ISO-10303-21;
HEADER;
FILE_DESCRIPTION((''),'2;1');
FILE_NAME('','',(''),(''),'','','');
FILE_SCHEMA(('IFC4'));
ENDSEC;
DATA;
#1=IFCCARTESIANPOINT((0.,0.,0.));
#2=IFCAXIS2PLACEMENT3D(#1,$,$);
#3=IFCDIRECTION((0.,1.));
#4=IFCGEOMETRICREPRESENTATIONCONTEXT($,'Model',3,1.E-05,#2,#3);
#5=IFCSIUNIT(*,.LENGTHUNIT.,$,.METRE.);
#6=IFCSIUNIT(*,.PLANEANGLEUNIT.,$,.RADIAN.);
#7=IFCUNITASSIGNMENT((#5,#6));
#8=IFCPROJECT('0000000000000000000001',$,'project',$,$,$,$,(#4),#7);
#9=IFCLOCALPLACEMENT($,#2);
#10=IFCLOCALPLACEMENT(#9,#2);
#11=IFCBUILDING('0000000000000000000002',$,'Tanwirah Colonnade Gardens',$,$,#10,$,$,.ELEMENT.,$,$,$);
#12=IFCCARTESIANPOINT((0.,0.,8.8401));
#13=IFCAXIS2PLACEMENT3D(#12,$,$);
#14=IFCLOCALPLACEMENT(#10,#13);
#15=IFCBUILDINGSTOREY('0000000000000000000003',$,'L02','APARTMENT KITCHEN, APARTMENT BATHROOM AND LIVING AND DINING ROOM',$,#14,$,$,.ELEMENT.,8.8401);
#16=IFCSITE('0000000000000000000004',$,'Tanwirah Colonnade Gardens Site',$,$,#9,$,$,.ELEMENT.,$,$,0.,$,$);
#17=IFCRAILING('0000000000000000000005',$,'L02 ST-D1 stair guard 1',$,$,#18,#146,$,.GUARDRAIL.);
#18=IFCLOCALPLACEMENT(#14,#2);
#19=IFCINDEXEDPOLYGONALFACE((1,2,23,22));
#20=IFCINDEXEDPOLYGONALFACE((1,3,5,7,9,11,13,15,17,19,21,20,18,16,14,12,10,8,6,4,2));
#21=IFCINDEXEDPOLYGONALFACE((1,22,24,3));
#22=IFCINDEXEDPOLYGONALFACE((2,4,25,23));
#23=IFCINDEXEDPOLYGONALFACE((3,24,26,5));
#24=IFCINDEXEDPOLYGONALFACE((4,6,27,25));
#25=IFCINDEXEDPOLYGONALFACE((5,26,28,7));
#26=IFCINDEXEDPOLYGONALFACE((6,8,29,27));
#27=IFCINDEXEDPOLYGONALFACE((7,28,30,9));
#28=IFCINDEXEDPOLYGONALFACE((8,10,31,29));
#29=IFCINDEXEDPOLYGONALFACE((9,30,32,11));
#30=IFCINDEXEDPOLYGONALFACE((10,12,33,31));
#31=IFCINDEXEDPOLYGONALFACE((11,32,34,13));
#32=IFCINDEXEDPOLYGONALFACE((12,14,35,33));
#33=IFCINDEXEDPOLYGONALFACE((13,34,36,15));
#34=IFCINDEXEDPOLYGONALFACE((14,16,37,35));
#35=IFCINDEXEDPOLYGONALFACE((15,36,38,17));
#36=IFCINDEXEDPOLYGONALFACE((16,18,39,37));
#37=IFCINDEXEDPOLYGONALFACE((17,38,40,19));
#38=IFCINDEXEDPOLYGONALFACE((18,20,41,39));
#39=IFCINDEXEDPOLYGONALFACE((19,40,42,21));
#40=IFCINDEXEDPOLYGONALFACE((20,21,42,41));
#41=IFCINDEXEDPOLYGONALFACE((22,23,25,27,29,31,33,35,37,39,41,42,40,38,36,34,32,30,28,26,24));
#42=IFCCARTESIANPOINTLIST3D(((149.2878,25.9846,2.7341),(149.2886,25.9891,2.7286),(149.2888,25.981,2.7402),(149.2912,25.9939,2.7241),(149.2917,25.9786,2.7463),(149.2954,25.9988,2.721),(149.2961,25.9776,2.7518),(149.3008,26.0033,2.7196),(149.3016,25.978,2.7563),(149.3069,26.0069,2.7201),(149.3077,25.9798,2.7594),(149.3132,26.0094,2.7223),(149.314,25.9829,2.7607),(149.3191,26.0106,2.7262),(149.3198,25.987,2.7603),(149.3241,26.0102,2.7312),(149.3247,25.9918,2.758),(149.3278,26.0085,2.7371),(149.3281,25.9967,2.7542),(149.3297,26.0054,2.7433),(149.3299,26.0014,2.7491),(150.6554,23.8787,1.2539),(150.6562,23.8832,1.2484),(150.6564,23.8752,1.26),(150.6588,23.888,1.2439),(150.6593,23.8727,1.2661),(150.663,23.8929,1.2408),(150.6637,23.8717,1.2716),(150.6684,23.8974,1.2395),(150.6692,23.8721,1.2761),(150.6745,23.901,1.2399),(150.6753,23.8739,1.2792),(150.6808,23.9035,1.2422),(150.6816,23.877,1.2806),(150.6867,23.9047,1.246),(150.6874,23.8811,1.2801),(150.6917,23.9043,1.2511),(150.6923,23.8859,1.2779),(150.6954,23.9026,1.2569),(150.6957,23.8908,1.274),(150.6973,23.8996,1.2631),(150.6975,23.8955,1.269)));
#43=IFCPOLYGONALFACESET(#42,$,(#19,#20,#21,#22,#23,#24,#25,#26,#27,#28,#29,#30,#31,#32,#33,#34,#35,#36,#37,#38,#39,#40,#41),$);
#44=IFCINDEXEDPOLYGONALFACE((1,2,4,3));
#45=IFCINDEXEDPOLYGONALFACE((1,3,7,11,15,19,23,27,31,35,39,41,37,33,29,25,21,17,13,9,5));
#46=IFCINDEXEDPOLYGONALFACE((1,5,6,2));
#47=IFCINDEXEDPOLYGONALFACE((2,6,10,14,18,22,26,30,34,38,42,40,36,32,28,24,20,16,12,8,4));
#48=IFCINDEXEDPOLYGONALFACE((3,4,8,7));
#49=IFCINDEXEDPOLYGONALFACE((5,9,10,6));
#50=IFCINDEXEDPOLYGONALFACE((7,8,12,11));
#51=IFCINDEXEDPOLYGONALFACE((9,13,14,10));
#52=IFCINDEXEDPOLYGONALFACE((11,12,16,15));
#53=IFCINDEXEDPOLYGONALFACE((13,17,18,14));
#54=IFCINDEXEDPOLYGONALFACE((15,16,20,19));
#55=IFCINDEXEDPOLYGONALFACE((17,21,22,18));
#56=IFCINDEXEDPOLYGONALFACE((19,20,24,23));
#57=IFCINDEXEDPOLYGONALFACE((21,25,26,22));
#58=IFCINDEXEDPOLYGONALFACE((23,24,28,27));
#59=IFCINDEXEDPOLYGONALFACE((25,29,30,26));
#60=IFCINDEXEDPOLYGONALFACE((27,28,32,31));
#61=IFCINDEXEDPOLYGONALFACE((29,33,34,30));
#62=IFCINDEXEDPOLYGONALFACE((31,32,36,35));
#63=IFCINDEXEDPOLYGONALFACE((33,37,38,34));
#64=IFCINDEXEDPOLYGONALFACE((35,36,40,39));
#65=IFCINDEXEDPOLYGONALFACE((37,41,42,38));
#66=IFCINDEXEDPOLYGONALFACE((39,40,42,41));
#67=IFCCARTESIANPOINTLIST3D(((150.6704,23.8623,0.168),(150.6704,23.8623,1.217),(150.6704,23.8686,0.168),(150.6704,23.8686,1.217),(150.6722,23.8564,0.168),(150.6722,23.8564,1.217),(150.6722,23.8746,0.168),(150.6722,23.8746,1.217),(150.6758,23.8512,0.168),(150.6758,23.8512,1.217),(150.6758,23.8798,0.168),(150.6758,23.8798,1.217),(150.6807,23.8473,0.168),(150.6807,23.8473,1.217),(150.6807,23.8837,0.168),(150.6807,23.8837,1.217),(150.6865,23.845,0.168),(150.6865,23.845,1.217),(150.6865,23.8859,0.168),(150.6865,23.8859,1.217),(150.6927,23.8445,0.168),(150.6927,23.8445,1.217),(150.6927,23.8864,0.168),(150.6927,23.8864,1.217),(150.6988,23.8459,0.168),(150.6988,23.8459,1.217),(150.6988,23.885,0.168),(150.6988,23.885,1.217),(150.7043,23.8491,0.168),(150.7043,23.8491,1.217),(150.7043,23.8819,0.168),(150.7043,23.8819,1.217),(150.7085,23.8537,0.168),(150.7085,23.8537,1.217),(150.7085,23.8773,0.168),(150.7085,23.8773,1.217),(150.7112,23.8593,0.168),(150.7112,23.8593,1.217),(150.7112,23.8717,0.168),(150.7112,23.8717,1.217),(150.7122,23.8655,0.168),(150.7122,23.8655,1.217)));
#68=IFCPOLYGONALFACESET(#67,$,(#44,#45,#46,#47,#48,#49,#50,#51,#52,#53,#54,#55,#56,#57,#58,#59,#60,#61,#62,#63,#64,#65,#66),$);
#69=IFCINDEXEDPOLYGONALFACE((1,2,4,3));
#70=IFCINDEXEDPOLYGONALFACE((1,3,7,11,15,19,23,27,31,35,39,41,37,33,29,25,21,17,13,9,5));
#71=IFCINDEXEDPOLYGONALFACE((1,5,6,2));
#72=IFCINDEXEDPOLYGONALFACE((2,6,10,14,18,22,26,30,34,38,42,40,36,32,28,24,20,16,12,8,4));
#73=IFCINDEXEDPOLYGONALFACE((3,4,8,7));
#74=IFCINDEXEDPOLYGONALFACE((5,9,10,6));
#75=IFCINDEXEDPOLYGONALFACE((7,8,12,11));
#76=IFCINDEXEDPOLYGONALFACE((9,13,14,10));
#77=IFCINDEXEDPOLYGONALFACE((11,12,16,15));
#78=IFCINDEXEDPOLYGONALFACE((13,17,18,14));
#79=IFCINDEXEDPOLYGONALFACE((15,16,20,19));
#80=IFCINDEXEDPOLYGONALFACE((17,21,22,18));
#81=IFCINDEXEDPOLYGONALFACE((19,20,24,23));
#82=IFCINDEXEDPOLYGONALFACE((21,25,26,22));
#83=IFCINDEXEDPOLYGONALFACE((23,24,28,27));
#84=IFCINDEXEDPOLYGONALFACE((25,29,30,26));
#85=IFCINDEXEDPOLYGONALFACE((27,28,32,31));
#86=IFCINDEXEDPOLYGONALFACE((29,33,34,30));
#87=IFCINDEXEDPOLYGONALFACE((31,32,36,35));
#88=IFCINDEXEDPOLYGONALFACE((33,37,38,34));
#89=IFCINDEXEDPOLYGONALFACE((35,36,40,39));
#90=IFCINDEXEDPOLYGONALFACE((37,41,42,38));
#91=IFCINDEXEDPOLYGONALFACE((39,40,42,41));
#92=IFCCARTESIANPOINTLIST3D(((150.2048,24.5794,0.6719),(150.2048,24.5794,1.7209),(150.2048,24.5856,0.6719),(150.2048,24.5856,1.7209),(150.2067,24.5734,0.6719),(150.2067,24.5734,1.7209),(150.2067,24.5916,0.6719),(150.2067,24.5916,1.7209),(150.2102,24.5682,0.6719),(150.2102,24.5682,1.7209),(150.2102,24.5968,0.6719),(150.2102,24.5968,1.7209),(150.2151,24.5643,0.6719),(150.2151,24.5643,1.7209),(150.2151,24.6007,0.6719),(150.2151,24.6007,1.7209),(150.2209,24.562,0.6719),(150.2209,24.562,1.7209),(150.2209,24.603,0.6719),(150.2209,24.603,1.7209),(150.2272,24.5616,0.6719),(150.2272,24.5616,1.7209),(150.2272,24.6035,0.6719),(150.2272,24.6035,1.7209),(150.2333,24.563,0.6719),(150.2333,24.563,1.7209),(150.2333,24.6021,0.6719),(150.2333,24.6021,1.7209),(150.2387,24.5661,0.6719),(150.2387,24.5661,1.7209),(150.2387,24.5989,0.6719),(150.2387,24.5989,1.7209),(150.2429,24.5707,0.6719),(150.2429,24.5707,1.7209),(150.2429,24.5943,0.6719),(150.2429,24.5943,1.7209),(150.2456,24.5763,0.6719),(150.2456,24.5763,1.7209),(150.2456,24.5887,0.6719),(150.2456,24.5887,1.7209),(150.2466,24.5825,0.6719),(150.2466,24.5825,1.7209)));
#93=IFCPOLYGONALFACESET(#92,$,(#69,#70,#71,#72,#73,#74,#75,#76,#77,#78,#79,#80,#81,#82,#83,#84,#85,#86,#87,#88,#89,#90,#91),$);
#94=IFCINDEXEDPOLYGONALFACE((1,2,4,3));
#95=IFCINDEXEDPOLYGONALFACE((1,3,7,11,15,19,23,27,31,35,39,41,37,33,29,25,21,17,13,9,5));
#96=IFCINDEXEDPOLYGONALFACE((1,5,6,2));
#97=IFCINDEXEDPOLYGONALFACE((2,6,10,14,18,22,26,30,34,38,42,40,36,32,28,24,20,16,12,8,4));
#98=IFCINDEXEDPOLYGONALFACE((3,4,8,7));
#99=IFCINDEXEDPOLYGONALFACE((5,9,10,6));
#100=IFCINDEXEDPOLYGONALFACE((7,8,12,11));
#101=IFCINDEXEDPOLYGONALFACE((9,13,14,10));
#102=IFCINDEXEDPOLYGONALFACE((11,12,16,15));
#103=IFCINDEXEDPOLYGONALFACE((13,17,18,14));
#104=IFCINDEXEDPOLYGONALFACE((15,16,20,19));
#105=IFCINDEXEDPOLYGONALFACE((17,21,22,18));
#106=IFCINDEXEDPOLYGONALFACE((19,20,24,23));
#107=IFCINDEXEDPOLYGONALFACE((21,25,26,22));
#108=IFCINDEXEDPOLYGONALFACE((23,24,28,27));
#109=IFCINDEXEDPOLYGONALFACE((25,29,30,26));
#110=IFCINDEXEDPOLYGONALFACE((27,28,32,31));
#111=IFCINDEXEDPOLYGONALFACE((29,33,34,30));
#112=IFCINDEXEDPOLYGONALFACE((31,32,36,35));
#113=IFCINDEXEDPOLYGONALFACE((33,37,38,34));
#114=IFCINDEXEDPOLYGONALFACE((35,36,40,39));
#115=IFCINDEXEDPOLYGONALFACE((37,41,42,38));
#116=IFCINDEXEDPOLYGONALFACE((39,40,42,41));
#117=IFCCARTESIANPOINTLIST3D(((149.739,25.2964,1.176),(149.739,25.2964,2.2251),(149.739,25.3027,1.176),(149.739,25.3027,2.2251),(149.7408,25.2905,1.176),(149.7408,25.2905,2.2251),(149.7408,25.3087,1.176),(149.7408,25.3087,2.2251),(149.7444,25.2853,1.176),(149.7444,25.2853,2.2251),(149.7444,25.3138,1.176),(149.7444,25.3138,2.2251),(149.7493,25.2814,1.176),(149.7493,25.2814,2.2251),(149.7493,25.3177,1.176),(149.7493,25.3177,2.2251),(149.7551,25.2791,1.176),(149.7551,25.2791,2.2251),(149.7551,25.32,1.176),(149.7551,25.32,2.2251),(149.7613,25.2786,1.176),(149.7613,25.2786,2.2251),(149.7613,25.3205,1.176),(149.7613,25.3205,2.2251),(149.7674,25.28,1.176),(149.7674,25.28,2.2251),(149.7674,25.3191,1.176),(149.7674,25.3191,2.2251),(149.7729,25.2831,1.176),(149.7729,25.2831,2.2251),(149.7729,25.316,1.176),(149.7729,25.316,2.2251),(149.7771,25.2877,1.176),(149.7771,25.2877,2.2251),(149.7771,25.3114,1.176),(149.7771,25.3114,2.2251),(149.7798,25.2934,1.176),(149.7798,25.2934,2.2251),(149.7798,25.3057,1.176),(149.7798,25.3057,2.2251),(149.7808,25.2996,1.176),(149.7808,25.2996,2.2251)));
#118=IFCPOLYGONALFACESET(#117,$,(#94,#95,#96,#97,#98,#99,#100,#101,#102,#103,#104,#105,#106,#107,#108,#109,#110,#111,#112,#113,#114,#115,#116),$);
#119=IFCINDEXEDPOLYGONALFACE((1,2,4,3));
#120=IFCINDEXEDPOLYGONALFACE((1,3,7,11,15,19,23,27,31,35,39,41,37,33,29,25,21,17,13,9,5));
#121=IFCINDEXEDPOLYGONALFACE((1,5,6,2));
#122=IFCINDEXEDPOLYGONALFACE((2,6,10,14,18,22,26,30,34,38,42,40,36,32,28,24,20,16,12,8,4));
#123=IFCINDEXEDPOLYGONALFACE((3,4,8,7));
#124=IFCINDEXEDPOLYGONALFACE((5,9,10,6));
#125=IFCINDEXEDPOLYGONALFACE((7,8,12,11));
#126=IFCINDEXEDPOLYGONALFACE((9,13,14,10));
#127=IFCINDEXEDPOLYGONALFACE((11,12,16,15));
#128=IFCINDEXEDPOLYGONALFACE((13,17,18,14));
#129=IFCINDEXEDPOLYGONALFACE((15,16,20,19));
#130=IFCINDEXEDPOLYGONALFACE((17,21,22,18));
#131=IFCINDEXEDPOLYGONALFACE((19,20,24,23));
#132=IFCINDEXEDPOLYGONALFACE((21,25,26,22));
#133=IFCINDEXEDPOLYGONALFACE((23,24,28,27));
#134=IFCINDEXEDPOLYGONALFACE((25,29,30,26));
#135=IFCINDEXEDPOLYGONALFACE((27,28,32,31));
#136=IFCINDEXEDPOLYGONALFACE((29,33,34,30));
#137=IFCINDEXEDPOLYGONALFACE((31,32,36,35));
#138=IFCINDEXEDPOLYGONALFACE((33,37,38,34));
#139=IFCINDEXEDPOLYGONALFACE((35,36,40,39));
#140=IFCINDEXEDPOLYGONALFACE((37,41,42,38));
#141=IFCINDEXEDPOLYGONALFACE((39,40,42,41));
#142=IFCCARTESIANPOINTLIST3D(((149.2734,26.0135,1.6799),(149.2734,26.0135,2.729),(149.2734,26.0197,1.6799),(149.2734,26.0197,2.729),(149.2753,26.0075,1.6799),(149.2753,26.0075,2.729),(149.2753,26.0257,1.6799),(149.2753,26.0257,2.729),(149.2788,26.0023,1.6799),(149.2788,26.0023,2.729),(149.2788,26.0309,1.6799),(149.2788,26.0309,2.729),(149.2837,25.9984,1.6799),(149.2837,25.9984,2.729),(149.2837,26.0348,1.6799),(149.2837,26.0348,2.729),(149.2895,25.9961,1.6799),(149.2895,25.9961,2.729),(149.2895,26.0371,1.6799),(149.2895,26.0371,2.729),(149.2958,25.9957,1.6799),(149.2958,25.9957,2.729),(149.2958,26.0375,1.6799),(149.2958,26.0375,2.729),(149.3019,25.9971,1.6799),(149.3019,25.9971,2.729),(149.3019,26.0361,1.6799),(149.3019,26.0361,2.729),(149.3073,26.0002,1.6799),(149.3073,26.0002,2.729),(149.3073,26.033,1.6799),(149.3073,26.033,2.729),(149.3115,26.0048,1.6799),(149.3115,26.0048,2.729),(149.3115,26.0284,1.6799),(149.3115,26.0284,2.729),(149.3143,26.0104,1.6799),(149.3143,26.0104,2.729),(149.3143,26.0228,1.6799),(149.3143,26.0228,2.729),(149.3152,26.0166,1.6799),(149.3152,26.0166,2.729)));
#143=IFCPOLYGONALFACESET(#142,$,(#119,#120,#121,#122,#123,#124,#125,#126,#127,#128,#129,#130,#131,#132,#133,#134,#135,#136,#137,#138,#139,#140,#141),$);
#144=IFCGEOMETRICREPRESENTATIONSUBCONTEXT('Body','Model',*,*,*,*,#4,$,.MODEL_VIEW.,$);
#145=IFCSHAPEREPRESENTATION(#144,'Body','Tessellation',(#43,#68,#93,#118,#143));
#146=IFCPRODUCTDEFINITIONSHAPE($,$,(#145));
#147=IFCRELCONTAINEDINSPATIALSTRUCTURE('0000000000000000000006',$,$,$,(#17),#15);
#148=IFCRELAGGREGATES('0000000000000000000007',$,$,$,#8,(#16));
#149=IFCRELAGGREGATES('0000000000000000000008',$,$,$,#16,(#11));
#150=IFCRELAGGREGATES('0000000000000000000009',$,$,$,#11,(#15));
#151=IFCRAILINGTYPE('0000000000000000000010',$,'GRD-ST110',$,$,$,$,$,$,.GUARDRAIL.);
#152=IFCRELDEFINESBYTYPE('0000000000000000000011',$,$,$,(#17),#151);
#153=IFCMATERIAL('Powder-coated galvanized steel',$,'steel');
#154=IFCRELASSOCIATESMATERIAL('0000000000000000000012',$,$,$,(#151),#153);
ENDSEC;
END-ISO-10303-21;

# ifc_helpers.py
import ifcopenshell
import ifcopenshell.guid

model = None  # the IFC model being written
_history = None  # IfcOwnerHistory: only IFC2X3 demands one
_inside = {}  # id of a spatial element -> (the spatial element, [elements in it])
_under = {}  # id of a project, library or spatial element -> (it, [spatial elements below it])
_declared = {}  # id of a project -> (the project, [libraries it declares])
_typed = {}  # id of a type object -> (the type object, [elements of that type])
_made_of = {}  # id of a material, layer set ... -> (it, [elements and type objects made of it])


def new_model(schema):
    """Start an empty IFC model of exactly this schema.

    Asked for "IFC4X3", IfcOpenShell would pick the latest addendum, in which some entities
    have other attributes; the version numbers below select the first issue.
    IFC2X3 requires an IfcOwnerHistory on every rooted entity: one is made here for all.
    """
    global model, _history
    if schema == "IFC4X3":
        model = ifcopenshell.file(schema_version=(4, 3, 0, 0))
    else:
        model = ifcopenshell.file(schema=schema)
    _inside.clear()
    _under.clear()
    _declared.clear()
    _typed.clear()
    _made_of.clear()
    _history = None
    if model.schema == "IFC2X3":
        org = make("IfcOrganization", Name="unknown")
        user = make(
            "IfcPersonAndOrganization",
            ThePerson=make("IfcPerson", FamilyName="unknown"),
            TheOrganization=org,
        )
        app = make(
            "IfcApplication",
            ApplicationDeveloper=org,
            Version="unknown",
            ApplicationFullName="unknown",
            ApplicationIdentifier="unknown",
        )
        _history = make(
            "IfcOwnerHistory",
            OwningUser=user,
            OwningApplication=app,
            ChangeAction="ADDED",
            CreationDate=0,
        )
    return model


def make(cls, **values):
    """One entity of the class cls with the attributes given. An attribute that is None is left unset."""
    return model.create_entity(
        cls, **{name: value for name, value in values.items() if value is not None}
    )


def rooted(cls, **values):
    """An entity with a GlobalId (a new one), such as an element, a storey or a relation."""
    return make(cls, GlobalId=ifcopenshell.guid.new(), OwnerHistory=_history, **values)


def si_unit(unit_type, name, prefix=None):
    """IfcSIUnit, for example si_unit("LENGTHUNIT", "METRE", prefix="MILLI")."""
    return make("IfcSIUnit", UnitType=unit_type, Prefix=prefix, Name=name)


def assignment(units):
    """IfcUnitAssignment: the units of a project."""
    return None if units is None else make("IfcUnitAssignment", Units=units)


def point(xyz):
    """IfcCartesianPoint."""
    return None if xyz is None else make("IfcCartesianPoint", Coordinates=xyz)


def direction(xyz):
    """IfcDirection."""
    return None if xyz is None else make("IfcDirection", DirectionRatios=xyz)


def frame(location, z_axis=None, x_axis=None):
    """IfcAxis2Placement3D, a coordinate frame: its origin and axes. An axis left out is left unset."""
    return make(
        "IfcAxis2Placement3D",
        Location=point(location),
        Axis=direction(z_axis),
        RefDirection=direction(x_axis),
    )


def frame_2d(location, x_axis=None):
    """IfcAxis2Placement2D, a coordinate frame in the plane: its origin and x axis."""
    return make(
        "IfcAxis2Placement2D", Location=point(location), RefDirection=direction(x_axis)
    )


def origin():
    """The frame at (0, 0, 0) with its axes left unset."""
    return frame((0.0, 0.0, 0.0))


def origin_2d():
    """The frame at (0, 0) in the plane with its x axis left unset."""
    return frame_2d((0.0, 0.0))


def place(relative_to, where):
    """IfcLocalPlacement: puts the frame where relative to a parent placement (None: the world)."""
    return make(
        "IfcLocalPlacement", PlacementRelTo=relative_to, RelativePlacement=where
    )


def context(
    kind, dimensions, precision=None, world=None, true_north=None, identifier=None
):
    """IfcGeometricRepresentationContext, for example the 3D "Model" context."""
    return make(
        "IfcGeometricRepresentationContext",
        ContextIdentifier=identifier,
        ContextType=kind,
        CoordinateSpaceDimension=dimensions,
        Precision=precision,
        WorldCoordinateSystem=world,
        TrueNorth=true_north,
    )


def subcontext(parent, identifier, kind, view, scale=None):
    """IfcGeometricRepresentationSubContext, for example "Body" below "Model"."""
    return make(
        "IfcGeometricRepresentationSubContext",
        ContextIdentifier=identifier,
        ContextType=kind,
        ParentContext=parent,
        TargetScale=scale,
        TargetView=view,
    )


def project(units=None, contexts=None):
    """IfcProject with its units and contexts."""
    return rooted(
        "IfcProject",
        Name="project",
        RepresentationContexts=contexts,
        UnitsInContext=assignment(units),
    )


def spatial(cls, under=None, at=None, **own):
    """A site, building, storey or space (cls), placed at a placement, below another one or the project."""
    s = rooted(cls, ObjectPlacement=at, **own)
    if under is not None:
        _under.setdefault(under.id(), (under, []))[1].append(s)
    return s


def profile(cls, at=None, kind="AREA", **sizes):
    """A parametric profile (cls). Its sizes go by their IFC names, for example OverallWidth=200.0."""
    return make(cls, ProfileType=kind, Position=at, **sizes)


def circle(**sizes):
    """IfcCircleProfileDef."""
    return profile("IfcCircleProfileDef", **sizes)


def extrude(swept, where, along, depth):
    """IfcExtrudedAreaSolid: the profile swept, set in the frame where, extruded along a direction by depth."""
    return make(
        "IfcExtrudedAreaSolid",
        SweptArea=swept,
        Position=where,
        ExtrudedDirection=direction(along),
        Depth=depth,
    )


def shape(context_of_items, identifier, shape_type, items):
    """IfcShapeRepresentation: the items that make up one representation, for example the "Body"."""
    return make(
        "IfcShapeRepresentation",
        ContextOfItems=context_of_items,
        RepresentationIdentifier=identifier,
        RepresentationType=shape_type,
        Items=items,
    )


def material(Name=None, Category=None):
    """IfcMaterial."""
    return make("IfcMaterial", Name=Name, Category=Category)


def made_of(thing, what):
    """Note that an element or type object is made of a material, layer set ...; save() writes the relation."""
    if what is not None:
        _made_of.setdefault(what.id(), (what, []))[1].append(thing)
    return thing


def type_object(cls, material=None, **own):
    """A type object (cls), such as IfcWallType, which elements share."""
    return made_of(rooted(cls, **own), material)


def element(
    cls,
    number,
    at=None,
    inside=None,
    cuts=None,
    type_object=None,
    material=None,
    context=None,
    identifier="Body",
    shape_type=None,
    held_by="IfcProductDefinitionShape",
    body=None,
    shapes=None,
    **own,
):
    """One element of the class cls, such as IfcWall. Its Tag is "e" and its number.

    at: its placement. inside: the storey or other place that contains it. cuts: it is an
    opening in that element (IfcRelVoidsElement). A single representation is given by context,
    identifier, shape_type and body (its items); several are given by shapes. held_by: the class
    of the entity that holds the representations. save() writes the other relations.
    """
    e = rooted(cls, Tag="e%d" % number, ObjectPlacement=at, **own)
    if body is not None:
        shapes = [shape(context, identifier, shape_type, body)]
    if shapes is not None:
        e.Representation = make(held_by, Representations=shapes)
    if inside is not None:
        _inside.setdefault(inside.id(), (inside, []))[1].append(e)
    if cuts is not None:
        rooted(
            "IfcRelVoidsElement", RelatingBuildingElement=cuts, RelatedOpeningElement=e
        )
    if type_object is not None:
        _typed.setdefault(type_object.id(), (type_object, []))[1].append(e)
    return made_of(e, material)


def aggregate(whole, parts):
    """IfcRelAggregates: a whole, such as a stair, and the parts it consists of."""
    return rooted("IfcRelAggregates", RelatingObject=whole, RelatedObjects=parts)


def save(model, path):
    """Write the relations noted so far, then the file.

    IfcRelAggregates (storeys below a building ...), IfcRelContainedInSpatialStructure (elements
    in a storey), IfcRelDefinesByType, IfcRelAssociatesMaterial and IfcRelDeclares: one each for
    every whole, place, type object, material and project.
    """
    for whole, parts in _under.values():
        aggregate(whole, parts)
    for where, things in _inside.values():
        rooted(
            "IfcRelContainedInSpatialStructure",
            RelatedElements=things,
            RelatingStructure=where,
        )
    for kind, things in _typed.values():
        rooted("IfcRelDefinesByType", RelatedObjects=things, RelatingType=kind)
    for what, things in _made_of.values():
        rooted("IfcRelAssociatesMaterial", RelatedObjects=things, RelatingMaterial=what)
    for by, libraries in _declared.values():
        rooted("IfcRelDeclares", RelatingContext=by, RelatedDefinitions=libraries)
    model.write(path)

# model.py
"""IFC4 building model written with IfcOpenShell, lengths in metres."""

from ifc_helpers import new_model, si_unit, direction, frame, origin, origin_2d, place, context, subcontext, project, spatial, circle, extrude, material, type_object, element, save


model = new_model("IFC4")

# Units and contexts
model_context = context("Model", 3, precision=1e-05, world=origin(), true_north=direction((0.0, 1.0)))
body_context = subcontext(model_context, "Body", "Model", "MODEL_VIEW")
ifc_project = project(units=[si_unit("LENGTHUNIT", "METRE"), si_unit("PLANEANGLEUNIT", "RADIAN")], contexts=[model_context])

# Site, building, storey
site_placement = place(None, origin())
site = spatial("IfcSite", under=ifc_project, at=site_placement, Name="Tanwirah Colonnade Gardens Site", CompositionType="ELEMENT", RefElevation=0.0)
building_placement = place(site_placement, origin())
building = spatial("IfcBuilding", under=site, at=building_placement, Name="Tanwirah Colonnade Gardens", CompositionType="ELEMENT")
storey_placement = place(building_placement, frame((0.0, 0.0, 8.8401)))
storey = spatial("IfcBuildingStorey", under=building, at=storey_placement, Name="L02", Description="APARTMENT KITCHEN, APARTMENT BATHROOM AND LIVING AND DINING ROOM", CompositionType="ELEMENT", Elevation=8.8401)

# Railing
ifc_material_1 = material(Name="Powder-coated galvanized steel", Category="steel")
railing_type_1 = type_object("IfcRailingType", Name="GRD-ST110", PredefinedType="GUARDRAIL", material=ifc_material_1)
railing_1_placement = place(storey_placement, frame((150.6912, 23.8655, 0.168)))
element("IfcRailing", 1, at=railing_1_placement, inside=storey, type_object=railing_type_1, Name="L02 ST-D1 stair guard 1", PredefinedType="GUARDRAIL", context=body_context, shape_type="SweptSolid", body=[
    extrude(circle(Radius=0.0239, at=origin_2d()), frame((-0.0146, 0.0227, 1.092), z_axis=(-0.469193, 0.722484, 0.507814), x_axis=(-0.838668, -0.544644, 0.0)), (0.0, 0.0, 1.0), 2.9148),
    extrude(circle(Radius=0.021, at=origin_2d()), origin(), (0.0, 0.0, 1.0), 1.0491),
    extrude(circle(Radius=0.021, at=origin_2d()), frame((-0.4656, 0.717, 0.5039)), (0.0, 0.0, 1.0), 1.0491),
    extrude(circle(Radius=0.021, at=origin_2d()), frame((-0.9314, 1.4341, 1.0081)), (0.0, 0.0, 1.0), 1.0491),
    extrude(circle(Radius=0.021, at=origin_2d()), frame((-1.397, 2.1511, 1.512)), (0.0, 0.0, 1.0), 1.0491),
])

save(model, "model.ifc")
